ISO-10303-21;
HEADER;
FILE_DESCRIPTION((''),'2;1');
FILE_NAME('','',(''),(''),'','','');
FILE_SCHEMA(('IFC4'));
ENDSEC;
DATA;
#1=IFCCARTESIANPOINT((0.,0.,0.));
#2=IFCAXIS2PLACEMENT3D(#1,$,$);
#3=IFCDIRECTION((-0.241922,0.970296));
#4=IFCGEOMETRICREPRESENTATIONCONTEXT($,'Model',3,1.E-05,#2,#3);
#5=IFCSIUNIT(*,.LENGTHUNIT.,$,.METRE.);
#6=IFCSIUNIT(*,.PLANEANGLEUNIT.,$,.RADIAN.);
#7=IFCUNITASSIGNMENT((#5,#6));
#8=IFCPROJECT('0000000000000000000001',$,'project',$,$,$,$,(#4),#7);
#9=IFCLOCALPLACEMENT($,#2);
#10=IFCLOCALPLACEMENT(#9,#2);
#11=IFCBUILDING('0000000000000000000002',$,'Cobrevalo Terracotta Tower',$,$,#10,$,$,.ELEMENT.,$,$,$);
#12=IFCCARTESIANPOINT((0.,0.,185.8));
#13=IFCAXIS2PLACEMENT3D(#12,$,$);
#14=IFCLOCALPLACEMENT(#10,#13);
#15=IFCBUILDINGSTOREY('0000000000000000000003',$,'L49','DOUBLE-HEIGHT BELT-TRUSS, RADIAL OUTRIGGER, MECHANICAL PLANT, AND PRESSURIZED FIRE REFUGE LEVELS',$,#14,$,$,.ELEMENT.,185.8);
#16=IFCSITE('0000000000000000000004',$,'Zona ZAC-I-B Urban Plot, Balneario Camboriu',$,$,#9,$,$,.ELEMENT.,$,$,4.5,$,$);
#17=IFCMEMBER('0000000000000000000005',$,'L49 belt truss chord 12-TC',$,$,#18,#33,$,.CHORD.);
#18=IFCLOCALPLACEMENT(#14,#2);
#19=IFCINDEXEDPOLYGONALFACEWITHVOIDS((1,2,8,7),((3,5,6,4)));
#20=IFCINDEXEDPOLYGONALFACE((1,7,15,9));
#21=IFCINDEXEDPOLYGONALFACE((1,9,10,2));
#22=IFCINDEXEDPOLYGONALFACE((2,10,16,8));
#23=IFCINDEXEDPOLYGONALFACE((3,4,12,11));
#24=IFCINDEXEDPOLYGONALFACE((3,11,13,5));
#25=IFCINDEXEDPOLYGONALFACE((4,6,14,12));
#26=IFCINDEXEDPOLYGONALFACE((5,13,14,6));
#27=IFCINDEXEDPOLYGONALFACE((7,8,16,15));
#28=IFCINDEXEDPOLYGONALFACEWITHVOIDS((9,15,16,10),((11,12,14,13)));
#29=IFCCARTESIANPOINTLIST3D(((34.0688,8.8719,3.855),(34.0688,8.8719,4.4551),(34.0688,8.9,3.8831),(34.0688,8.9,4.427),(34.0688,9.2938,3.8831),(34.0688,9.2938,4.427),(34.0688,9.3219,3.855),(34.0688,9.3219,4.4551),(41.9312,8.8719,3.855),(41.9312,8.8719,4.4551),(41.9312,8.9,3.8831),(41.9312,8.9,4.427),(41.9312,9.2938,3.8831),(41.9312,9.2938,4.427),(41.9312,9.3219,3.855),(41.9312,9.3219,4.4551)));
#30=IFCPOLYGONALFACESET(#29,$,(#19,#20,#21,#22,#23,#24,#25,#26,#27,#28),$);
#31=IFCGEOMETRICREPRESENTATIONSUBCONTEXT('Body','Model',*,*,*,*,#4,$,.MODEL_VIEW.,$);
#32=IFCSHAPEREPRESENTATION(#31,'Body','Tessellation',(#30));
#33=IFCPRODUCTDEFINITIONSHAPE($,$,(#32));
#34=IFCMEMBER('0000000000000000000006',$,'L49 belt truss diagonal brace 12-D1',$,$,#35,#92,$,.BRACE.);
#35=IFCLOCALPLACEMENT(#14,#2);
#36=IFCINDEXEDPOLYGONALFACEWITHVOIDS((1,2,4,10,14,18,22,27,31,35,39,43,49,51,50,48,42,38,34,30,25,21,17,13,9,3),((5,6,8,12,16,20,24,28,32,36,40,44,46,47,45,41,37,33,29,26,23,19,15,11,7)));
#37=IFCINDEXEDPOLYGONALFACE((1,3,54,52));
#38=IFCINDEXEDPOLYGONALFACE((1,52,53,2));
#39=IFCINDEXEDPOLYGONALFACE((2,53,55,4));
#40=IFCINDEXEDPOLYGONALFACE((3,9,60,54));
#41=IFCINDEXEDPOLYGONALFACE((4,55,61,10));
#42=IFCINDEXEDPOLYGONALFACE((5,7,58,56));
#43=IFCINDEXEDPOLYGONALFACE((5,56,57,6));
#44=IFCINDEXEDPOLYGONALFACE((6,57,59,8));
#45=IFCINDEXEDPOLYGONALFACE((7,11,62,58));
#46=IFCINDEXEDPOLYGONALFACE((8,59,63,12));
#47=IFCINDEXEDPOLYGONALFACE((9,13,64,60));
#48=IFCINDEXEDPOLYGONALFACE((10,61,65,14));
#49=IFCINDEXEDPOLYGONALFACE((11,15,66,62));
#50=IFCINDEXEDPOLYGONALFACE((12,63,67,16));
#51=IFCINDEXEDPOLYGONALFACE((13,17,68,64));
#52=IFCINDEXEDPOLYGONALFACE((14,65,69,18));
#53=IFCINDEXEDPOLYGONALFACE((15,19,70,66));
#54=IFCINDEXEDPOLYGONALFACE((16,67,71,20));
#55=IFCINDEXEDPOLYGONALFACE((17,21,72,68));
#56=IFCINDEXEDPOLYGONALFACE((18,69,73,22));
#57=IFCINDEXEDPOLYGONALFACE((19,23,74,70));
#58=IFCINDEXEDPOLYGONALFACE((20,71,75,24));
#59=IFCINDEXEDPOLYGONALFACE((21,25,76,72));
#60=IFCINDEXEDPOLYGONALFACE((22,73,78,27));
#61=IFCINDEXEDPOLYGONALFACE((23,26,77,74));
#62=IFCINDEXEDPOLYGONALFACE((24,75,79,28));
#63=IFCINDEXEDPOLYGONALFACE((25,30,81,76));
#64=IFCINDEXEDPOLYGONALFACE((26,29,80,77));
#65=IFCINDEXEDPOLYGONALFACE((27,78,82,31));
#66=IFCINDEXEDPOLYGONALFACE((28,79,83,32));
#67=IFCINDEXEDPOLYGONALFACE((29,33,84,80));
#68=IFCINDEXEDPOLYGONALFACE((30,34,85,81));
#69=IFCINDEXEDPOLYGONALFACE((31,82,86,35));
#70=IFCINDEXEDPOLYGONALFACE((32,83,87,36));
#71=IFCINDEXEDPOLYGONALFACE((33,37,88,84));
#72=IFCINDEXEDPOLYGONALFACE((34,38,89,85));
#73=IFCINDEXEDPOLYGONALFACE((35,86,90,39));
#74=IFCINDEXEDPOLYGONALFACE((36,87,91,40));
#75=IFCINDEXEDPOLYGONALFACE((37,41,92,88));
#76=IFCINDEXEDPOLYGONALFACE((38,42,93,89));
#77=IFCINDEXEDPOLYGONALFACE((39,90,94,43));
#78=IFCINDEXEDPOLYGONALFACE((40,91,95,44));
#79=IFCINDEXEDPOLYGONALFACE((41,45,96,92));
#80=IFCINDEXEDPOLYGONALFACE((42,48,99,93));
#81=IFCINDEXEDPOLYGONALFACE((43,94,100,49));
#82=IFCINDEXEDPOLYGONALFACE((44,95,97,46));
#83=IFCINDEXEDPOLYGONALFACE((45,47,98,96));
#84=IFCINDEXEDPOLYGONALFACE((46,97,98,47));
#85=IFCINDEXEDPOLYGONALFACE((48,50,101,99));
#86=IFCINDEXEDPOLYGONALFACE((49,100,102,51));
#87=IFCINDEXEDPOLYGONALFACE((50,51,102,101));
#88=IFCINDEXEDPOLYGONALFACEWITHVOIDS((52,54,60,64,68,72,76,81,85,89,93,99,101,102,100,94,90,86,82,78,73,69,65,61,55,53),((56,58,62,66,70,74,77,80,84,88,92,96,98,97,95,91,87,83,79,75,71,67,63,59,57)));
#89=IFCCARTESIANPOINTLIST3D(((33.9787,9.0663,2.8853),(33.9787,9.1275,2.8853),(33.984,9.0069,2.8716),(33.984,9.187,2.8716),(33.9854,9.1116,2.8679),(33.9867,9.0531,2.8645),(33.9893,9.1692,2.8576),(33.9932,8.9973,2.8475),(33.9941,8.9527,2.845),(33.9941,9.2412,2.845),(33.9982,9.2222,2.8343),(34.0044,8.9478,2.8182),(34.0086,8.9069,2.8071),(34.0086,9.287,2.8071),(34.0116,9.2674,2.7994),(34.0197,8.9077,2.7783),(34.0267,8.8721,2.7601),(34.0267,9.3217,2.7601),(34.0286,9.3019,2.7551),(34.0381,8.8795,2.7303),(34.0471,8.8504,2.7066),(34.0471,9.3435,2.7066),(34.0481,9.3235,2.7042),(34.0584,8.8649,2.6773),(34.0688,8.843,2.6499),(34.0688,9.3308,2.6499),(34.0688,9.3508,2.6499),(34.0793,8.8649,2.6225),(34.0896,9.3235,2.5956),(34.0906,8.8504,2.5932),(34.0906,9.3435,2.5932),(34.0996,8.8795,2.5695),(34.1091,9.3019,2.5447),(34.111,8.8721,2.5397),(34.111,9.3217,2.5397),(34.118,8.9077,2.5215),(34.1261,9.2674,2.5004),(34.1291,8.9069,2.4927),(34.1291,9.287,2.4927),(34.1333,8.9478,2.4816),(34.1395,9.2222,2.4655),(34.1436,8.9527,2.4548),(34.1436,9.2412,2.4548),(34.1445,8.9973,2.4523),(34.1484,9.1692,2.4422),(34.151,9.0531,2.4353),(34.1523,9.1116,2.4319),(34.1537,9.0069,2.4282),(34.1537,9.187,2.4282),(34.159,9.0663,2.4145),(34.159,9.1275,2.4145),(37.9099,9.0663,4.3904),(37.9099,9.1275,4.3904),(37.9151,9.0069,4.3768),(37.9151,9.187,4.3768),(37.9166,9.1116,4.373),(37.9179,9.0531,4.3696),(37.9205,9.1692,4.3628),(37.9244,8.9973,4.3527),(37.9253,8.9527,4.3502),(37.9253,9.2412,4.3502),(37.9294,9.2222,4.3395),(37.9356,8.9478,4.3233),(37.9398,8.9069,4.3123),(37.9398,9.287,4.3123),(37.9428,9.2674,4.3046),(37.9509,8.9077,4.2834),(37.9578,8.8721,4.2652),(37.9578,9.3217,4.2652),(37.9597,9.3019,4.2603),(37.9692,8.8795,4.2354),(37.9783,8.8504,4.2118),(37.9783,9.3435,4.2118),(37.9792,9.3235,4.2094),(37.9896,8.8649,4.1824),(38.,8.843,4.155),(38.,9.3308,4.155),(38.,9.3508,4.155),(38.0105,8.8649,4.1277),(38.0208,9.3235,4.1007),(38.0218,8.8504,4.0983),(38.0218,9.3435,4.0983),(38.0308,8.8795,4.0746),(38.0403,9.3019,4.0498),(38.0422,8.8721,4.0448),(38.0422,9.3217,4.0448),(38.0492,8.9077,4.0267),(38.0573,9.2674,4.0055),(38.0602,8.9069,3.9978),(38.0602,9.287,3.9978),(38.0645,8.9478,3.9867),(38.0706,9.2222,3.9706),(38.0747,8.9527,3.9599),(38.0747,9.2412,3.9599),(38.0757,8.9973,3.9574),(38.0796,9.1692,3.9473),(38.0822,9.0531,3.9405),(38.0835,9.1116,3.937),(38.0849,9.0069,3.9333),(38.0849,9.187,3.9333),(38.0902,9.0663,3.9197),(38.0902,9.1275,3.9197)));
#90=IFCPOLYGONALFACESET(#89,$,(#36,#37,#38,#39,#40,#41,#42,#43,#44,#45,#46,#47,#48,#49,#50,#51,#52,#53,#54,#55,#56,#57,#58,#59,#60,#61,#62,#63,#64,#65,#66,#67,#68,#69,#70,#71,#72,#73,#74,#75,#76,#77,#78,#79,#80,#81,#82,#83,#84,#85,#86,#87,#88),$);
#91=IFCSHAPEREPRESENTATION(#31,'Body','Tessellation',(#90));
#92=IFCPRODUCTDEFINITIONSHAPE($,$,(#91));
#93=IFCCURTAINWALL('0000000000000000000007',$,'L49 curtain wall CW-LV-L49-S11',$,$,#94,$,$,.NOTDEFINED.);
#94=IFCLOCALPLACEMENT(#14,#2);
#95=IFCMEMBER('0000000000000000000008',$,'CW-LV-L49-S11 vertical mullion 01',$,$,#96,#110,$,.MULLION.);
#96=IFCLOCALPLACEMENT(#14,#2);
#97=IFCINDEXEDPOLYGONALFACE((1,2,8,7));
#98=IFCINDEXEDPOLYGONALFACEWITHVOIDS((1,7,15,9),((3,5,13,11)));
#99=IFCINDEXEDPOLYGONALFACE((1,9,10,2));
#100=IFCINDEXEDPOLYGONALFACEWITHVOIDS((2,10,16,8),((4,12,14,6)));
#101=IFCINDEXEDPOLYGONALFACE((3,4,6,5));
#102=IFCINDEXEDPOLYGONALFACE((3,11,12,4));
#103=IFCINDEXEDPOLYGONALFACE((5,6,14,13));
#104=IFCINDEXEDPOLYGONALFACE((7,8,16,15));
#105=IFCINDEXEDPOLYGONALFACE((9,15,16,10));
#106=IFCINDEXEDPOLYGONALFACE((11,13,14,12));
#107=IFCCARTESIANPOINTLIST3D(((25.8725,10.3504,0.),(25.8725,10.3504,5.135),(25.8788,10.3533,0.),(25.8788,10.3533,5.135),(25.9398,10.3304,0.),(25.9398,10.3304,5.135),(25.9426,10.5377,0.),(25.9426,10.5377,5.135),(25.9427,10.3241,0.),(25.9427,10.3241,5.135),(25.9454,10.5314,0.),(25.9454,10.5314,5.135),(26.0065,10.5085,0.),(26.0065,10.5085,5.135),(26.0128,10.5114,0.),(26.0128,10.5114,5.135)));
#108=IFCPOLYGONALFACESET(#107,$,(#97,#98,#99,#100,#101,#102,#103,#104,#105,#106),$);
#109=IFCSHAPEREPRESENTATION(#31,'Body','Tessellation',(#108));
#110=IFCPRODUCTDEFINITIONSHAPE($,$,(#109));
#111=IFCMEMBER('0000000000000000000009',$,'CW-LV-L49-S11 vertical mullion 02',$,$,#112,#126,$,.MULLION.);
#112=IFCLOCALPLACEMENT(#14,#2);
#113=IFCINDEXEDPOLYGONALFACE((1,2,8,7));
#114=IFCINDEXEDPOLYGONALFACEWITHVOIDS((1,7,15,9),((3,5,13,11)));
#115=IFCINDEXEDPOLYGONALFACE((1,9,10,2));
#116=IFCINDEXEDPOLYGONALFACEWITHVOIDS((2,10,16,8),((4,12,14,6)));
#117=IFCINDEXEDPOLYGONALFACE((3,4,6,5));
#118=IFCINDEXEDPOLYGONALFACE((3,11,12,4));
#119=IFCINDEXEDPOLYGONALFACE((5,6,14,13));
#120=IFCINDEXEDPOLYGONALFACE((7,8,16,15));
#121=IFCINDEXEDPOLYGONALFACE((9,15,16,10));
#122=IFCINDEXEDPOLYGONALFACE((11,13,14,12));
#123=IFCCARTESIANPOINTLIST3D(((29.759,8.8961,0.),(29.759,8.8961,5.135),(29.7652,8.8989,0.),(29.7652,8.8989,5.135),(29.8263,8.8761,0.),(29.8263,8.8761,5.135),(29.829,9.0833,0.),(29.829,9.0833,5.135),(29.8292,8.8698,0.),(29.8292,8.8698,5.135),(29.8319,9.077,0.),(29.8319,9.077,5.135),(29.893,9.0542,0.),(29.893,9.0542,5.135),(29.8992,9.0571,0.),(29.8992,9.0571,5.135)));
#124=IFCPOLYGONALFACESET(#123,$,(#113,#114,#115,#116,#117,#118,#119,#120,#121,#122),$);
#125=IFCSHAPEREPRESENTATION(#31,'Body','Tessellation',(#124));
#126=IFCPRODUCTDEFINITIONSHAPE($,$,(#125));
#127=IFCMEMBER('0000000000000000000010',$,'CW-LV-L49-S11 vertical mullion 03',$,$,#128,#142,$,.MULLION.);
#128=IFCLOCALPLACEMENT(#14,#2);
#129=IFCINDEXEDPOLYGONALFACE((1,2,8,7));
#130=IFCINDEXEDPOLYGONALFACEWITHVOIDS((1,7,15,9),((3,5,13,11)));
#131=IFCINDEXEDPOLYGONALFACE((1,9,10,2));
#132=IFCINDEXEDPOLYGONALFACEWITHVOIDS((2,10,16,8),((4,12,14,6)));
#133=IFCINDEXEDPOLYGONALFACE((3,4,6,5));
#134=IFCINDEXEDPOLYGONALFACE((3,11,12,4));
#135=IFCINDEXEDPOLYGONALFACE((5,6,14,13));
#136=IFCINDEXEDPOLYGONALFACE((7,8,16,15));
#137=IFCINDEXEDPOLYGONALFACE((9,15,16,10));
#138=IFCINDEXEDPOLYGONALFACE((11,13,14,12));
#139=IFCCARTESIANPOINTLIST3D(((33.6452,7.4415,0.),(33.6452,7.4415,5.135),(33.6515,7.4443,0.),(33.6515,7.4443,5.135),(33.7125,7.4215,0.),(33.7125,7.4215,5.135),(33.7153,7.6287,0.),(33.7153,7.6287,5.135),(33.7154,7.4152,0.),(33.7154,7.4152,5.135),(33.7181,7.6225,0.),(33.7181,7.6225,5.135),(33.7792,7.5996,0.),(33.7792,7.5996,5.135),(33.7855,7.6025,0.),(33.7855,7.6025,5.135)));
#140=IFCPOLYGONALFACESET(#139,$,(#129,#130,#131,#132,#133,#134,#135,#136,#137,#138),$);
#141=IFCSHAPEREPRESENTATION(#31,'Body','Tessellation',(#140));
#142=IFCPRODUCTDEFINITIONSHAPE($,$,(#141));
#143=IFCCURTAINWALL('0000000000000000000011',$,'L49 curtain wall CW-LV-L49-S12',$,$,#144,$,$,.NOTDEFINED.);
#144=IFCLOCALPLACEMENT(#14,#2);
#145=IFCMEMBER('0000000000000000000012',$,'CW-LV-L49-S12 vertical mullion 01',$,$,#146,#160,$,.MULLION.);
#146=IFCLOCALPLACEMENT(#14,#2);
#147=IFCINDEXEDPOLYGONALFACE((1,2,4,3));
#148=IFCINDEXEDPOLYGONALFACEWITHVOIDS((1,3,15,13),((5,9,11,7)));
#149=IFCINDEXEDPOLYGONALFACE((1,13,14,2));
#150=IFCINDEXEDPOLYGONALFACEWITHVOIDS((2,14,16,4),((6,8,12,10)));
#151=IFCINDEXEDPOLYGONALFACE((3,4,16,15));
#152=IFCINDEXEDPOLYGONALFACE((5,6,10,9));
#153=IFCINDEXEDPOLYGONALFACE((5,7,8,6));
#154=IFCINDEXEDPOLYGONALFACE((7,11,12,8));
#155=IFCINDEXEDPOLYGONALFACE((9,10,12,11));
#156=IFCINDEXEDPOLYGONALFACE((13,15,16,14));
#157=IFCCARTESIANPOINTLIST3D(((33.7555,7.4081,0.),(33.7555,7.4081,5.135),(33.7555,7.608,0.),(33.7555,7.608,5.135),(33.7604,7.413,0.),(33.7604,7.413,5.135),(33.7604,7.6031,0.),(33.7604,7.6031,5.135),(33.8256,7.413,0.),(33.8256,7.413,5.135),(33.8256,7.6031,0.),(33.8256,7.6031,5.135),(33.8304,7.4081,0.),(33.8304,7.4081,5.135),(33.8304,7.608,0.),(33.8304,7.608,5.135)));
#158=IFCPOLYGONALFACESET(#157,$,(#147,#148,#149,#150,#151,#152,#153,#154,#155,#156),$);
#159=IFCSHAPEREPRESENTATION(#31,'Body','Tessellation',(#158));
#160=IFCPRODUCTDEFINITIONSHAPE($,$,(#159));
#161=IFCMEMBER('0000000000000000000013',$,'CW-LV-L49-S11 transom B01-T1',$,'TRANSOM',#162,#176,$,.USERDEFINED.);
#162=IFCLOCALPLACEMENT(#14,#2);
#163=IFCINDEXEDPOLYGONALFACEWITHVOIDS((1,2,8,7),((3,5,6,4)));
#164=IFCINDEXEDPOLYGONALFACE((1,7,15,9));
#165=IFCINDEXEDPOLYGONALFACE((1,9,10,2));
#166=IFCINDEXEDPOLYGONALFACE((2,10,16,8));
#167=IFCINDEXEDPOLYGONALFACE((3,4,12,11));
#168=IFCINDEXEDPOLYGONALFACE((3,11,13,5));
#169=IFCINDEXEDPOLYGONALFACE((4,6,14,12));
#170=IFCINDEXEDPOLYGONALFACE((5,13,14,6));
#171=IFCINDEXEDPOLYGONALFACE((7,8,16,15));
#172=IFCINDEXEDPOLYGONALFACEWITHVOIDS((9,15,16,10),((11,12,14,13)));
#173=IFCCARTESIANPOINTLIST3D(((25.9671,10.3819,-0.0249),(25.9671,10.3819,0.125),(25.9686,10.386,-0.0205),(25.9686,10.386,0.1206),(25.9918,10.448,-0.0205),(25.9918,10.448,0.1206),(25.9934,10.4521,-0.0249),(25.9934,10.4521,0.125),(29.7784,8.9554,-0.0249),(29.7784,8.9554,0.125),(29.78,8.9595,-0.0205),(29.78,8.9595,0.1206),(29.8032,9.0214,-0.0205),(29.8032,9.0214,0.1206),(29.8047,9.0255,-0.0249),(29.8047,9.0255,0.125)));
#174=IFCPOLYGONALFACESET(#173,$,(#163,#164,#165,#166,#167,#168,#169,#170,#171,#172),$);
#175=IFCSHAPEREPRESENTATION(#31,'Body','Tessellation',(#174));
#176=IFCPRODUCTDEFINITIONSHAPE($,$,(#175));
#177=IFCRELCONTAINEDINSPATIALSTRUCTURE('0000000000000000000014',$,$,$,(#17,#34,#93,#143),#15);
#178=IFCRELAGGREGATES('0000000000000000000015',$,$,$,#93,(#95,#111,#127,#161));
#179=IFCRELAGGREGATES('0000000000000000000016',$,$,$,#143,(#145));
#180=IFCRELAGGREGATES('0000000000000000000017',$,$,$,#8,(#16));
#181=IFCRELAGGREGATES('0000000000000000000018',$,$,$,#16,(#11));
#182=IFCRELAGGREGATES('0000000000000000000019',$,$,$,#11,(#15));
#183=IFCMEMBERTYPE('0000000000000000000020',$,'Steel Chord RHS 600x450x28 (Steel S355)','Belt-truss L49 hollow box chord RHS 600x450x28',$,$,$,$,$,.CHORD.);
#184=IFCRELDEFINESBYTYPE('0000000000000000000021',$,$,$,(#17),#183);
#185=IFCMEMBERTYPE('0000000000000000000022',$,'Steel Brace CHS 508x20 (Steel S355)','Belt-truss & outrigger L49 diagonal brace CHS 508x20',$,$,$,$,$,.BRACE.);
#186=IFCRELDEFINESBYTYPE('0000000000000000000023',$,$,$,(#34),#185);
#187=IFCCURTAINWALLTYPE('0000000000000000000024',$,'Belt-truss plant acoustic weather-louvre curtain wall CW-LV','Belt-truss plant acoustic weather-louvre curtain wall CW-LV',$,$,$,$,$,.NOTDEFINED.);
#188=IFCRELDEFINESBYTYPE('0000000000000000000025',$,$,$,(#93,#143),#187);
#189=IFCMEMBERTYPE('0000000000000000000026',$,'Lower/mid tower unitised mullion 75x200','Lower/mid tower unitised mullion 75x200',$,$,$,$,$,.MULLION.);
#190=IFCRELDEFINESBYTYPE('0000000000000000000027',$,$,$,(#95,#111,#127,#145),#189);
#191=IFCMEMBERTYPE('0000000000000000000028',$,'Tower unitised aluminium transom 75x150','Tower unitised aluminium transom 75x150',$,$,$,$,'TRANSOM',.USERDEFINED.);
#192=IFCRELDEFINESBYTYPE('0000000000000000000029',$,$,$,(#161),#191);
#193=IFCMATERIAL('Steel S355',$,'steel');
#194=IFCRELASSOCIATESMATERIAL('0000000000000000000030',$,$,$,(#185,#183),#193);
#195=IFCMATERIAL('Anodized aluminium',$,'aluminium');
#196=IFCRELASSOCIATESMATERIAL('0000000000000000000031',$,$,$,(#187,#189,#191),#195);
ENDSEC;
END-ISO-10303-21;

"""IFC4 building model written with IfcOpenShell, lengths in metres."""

from ifc_helpers import new_model, si_unit, direction, frame, origin, origin_2d, place, context, subcontext, project, spatial, hollow_rectangle, hollow_circle, extrude, source, transform, mapped, material, material_profile, profile_set, type_object, element, aggregate, save


model = new_model("IFC4")

# Units and contexts
model_context = context("Model", 3, precision=1e-05, world=origin(), true_north=direction((-0.241922, 0.970296)))
body_context = subcontext(model_context, "Body", "Model", "MODEL_VIEW")
ifc_project = project(units=[si_unit("LENGTHUNIT", "METRE"), si_unit("PLANEANGLEUNIT", "RADIAN")], contexts=[model_context])

# Site, building, storey
site_placement = place(None, origin())
site = spatial("IfcSite", under=ifc_project, at=site_placement, Name="Zona ZAC-I-B Urban Plot, Balneario Camboriu", CompositionType="ELEMENT", RefElevation=4.5)
building_placement = place(site_placement, origin())
building = spatial("IfcBuilding", under=site, at=building_placement, Name="Cobrevalo Terracotta Tower", CompositionType="ELEMENT")
storey_placement = place(building_placement, frame((0.0, 0.0, 185.8)))
storey = spatial("IfcBuildingStorey", under=building, at=storey_placement, Name="L49", Description="DOUBLE-HEIGHT BELT-TRUSS, RADIAL OUTRIGGER, MECHANICAL PLANT, AND PRESSURIZED FIRE REFUGE LEVELS", CompositionType="ELEMENT", Elevation=185.8)

# Shared definitions
ifc_material_1 = material(Name="Steel S355", Category="steel")

# Members
ifc_material_profile_1 = material_profile(ifc_material_1, hollow_circle(Radius=0.2539, WallThickness=0.02, at=origin_2d()), Name="CHS 508x20")
ifc_profile_set_1 = profile_set([ifc_material_profile_1], Name="Steel S355")
member_type_1 = type_object("IfcMemberType", Name="Steel Brace CHS 508x20 (Steel S355)", Description="Belt-truss & outrigger L49 diagonal brace CHS 508x20", PredefinedType="BRACE", material=ifc_profile_set_1)
ifc_material_profile_2 = material_profile(ifc_material_1, hollow_rectangle(XDim=0.45, YDim=0.6001, WallThickness=0.0281, at=origin_2d()), Name="RHS 600x450x28")
ifc_profile_set_2 = profile_set([ifc_material_profile_2], Name="Steel S355")
member_type_2 = type_object("IfcMemberType", Name="Steel Chord RHS 600x450x28 (Steel S355)", Description="Belt-truss L49 hollow box chord RHS 600x450x28", PredefinedType="CHORD", material=ifc_profile_set_2)
shared_shape_1 = source(origin(), body_context, "Body", "SweptSolid", [
    extrude(hollow_rectangle(XDim=0.45, YDim=0.6001, WallThickness=0.0281, at=origin_2d()), origin(), (0.0, 0.0, 1.0), 7.8623),
])
for number, where, z_axis, x_axis, name in (
    (1, (34.0688, 9.0969, 4.155), (1.0, 0.0, 0.0), (0.0, 1.0, 0.0), "L49 belt truss chord 12-TC"),
):
    element("IfcMember", number, at=place(storey_placement, frame(where, z_axis=z_axis, x_axis=x_axis)), inside=storey, type_object=member_type_2, Name=name, PredefinedType="CHORD", context=body_context, shape_type="MappedRepresentation", body=[
        mapped(shared_shape_1, transform((0.0, 0.0, 0.0), scale=1.0)),
    ])
shared_shape_2 = source(origin(), body_context, "Body", "SweptSolid", [
    extrude(hollow_circle(Radius=0.2539, WallThickness=0.02, at=origin_2d()), origin(), (0.0, 0.0, 1.0), 4.2095),
])
member_1_placement = place(storey_placement, frame((34.0688, 9.0969, 2.6499), z_axis=(0.93389, 0.0, 0.35756), x_axis=(0.0, 1.0, 0.0)))
element("IfcMember", 2, at=member_1_placement, inside=storey, type_object=member_type_1, Name="L49 belt truss diagonal brace 12-D1", PredefinedType="BRACE", context=body_context, shape_type="MappedRepresentation", body=[
    mapped(shared_shape_2, transform((0.0, 0.0, 0.0), scale=1.0)),
])

# Curtain wall, members
ifc_material_2 = material(Name="Anodized aluminium", Category="aluminium")
curtain_wall_type = type_object("IfcCurtainWallType", Name="Belt-truss plant acoustic weather-louvre curtain wall CW-LV", Description="Belt-truss plant acoustic weather-louvre curtain wall CW-LV", PredefinedType="NOTDEFINED", material=ifc_material_2)
curtain_wall_1_placement = place(storey_placement, origin())
curtain_wall_1 = element("IfcCurtainWall", 3, at=curtain_wall_1_placement, inside=storey, type_object=curtain_wall_type, Name="L49 curtain wall CW-LV-L49-S11", PredefinedType="NOTDEFINED")
ifc_material_profile_3 = material_profile(ifc_material_2, hollow_rectangle(XDim=0.075, YDim=0.2, WallThickness=0.0049, at=origin_2d()), Name="CWM 75x200")
ifc_profile_set_3 = profile_set([ifc_material_profile_3], Name="Anodized aluminium")
member_type_3 = type_object("IfcMemberType", Name="Lower/mid tower unitised mullion 75x200", Description="Lower/mid tower unitised mullion 75x200", PredefinedType="MULLION", material=ifc_profile_set_3)
shared_shape_3 = source(origin(), body_context, "Body", "SweptSolid", [
    extrude(hollow_rectangle(XDim=0.075, YDim=0.2, WallThickness=0.0049, at=origin_2d()), origin(), (0.0, 0.0, 1.0), 5.135),
])
member_2_placement = place(storey_placement, frame((25.9426, 10.4309, 0.0), z_axis=(0.0, 0.0, 1.0), x_axis=(0.936556, -0.350518, 0.0)))
member_2 = element("IfcMember", 4, at=member_2_placement, type_object=member_type_3, Name="CW-LV-L49-S11 vertical mullion 01", PredefinedType="MULLION", context=body_context, shape_type="MappedRepresentation", body=[
    mapped(shared_shape_3, transform((0.0, 0.0, 0.0), scale=1.0)),
])
member_3_placement = place(storey_placement, frame((29.8291, 8.9766, 0.0), z_axis=(0.0, 0.0, 1.0), x_axis=(0.936556, -0.350518, 0.0)))
member_3 = element("IfcMember", 5, at=member_3_placement, type_object=member_type_3, Name="CW-LV-L49-S11 vertical mullion 02", PredefinedType="MULLION", context=body_context, shape_type="MappedRepresentation", body=[
    mapped(shared_shape_3, transform((0.0, 0.0, 0.0), scale=1.0)),
])
member_4_placement = place(storey_placement, frame((33.7153, 7.522, 0.0), z_axis=(0.0, 0.0, 1.0), x_axis=(0.936556, -0.350518, 0.0)))
member_4 = element("IfcMember", 6, at=member_4_placement, type_object=member_type_3, Name="CW-LV-L49-S11 vertical mullion 03", PredefinedType="MULLION", context=body_context, shape_type="MappedRepresentation", body=[
    mapped(shared_shape_3, transform((0.0, 0.0, 0.0), scale=1.0)),
])

# Curtain wall, member
curtain_wall_2_placement = place(storey_placement, origin())
curtain_wall_2 = element("IfcCurtainWall", 7, at=curtain_wall_2_placement, inside=storey, type_object=curtain_wall_type, Name="L49 curtain wall CW-LV-L49-S12", PredefinedType="NOTDEFINED")
member_5_placement = place(storey_placement, frame((33.793, 7.5081, 0.0), z_axis=(0.0, 0.0, 1.0), x_axis=(1.0, 0.0, 0.0)))
member_5 = element("IfcMember", 8, at=member_5_placement, type_object=member_type_3, Name="CW-LV-L49-S12 vertical mullion 01", PredefinedType="MULLION", context=body_context, shape_type="MappedRepresentation", body=[
    mapped(shared_shape_3, transform((0.0, 0.0, 0.0), scale=1.0)),
])

# Member
ifc_material_profile_4 = material_profile(ifc_material_2, hollow_rectangle(XDim=0.075, YDim=0.1499, WallThickness=0.0044, at=origin_2d()), Name="CWT 75x150")
ifc_profile_set_4 = profile_set([ifc_material_profile_4], Name="Anodized aluminium")
member_type_4 = type_object("IfcMemberType", Name="Tower unitised aluminium transom 75x150", Description="Tower unitised aluminium transom 75x150", ElementType="TRANSOM", PredefinedType="USERDEFINED", material=ifc_profile_set_4)
shared_shape_4 = source(origin(), body_context, "Body", "SweptSolid", [
    extrude(hollow_rectangle(XDim=0.075, YDim=0.1499, WallThickness=0.0044, at=origin_2d()), origin(), (0.0, 0.0, 1.0), 4.0696),
])
member_6_placement = place(storey_placement, frame((25.9802, 10.417, 0.05), z_axis=(0.936548, -0.350538, 0.0), x_axis=(0.350538, 0.936548, 0.0)))
member_6 = element("IfcMember", 9, at=member_6_placement, type_object=member_type_4, Name="CW-LV-L49-S11 transom B01-T1", ObjectType="TRANSOM", PredefinedType="USERDEFINED", context=body_context, shape_type="MappedRepresentation", body=[
    mapped(shared_shape_4, transform((0.0, 0.0, 0.0), scale=1.0)),
])

aggregate(curtain_wall_1, [member_2, member_3, member_4, member_6])
aggregate(curtain_wall_2, [member_5])

save(model, "model.ifc")
